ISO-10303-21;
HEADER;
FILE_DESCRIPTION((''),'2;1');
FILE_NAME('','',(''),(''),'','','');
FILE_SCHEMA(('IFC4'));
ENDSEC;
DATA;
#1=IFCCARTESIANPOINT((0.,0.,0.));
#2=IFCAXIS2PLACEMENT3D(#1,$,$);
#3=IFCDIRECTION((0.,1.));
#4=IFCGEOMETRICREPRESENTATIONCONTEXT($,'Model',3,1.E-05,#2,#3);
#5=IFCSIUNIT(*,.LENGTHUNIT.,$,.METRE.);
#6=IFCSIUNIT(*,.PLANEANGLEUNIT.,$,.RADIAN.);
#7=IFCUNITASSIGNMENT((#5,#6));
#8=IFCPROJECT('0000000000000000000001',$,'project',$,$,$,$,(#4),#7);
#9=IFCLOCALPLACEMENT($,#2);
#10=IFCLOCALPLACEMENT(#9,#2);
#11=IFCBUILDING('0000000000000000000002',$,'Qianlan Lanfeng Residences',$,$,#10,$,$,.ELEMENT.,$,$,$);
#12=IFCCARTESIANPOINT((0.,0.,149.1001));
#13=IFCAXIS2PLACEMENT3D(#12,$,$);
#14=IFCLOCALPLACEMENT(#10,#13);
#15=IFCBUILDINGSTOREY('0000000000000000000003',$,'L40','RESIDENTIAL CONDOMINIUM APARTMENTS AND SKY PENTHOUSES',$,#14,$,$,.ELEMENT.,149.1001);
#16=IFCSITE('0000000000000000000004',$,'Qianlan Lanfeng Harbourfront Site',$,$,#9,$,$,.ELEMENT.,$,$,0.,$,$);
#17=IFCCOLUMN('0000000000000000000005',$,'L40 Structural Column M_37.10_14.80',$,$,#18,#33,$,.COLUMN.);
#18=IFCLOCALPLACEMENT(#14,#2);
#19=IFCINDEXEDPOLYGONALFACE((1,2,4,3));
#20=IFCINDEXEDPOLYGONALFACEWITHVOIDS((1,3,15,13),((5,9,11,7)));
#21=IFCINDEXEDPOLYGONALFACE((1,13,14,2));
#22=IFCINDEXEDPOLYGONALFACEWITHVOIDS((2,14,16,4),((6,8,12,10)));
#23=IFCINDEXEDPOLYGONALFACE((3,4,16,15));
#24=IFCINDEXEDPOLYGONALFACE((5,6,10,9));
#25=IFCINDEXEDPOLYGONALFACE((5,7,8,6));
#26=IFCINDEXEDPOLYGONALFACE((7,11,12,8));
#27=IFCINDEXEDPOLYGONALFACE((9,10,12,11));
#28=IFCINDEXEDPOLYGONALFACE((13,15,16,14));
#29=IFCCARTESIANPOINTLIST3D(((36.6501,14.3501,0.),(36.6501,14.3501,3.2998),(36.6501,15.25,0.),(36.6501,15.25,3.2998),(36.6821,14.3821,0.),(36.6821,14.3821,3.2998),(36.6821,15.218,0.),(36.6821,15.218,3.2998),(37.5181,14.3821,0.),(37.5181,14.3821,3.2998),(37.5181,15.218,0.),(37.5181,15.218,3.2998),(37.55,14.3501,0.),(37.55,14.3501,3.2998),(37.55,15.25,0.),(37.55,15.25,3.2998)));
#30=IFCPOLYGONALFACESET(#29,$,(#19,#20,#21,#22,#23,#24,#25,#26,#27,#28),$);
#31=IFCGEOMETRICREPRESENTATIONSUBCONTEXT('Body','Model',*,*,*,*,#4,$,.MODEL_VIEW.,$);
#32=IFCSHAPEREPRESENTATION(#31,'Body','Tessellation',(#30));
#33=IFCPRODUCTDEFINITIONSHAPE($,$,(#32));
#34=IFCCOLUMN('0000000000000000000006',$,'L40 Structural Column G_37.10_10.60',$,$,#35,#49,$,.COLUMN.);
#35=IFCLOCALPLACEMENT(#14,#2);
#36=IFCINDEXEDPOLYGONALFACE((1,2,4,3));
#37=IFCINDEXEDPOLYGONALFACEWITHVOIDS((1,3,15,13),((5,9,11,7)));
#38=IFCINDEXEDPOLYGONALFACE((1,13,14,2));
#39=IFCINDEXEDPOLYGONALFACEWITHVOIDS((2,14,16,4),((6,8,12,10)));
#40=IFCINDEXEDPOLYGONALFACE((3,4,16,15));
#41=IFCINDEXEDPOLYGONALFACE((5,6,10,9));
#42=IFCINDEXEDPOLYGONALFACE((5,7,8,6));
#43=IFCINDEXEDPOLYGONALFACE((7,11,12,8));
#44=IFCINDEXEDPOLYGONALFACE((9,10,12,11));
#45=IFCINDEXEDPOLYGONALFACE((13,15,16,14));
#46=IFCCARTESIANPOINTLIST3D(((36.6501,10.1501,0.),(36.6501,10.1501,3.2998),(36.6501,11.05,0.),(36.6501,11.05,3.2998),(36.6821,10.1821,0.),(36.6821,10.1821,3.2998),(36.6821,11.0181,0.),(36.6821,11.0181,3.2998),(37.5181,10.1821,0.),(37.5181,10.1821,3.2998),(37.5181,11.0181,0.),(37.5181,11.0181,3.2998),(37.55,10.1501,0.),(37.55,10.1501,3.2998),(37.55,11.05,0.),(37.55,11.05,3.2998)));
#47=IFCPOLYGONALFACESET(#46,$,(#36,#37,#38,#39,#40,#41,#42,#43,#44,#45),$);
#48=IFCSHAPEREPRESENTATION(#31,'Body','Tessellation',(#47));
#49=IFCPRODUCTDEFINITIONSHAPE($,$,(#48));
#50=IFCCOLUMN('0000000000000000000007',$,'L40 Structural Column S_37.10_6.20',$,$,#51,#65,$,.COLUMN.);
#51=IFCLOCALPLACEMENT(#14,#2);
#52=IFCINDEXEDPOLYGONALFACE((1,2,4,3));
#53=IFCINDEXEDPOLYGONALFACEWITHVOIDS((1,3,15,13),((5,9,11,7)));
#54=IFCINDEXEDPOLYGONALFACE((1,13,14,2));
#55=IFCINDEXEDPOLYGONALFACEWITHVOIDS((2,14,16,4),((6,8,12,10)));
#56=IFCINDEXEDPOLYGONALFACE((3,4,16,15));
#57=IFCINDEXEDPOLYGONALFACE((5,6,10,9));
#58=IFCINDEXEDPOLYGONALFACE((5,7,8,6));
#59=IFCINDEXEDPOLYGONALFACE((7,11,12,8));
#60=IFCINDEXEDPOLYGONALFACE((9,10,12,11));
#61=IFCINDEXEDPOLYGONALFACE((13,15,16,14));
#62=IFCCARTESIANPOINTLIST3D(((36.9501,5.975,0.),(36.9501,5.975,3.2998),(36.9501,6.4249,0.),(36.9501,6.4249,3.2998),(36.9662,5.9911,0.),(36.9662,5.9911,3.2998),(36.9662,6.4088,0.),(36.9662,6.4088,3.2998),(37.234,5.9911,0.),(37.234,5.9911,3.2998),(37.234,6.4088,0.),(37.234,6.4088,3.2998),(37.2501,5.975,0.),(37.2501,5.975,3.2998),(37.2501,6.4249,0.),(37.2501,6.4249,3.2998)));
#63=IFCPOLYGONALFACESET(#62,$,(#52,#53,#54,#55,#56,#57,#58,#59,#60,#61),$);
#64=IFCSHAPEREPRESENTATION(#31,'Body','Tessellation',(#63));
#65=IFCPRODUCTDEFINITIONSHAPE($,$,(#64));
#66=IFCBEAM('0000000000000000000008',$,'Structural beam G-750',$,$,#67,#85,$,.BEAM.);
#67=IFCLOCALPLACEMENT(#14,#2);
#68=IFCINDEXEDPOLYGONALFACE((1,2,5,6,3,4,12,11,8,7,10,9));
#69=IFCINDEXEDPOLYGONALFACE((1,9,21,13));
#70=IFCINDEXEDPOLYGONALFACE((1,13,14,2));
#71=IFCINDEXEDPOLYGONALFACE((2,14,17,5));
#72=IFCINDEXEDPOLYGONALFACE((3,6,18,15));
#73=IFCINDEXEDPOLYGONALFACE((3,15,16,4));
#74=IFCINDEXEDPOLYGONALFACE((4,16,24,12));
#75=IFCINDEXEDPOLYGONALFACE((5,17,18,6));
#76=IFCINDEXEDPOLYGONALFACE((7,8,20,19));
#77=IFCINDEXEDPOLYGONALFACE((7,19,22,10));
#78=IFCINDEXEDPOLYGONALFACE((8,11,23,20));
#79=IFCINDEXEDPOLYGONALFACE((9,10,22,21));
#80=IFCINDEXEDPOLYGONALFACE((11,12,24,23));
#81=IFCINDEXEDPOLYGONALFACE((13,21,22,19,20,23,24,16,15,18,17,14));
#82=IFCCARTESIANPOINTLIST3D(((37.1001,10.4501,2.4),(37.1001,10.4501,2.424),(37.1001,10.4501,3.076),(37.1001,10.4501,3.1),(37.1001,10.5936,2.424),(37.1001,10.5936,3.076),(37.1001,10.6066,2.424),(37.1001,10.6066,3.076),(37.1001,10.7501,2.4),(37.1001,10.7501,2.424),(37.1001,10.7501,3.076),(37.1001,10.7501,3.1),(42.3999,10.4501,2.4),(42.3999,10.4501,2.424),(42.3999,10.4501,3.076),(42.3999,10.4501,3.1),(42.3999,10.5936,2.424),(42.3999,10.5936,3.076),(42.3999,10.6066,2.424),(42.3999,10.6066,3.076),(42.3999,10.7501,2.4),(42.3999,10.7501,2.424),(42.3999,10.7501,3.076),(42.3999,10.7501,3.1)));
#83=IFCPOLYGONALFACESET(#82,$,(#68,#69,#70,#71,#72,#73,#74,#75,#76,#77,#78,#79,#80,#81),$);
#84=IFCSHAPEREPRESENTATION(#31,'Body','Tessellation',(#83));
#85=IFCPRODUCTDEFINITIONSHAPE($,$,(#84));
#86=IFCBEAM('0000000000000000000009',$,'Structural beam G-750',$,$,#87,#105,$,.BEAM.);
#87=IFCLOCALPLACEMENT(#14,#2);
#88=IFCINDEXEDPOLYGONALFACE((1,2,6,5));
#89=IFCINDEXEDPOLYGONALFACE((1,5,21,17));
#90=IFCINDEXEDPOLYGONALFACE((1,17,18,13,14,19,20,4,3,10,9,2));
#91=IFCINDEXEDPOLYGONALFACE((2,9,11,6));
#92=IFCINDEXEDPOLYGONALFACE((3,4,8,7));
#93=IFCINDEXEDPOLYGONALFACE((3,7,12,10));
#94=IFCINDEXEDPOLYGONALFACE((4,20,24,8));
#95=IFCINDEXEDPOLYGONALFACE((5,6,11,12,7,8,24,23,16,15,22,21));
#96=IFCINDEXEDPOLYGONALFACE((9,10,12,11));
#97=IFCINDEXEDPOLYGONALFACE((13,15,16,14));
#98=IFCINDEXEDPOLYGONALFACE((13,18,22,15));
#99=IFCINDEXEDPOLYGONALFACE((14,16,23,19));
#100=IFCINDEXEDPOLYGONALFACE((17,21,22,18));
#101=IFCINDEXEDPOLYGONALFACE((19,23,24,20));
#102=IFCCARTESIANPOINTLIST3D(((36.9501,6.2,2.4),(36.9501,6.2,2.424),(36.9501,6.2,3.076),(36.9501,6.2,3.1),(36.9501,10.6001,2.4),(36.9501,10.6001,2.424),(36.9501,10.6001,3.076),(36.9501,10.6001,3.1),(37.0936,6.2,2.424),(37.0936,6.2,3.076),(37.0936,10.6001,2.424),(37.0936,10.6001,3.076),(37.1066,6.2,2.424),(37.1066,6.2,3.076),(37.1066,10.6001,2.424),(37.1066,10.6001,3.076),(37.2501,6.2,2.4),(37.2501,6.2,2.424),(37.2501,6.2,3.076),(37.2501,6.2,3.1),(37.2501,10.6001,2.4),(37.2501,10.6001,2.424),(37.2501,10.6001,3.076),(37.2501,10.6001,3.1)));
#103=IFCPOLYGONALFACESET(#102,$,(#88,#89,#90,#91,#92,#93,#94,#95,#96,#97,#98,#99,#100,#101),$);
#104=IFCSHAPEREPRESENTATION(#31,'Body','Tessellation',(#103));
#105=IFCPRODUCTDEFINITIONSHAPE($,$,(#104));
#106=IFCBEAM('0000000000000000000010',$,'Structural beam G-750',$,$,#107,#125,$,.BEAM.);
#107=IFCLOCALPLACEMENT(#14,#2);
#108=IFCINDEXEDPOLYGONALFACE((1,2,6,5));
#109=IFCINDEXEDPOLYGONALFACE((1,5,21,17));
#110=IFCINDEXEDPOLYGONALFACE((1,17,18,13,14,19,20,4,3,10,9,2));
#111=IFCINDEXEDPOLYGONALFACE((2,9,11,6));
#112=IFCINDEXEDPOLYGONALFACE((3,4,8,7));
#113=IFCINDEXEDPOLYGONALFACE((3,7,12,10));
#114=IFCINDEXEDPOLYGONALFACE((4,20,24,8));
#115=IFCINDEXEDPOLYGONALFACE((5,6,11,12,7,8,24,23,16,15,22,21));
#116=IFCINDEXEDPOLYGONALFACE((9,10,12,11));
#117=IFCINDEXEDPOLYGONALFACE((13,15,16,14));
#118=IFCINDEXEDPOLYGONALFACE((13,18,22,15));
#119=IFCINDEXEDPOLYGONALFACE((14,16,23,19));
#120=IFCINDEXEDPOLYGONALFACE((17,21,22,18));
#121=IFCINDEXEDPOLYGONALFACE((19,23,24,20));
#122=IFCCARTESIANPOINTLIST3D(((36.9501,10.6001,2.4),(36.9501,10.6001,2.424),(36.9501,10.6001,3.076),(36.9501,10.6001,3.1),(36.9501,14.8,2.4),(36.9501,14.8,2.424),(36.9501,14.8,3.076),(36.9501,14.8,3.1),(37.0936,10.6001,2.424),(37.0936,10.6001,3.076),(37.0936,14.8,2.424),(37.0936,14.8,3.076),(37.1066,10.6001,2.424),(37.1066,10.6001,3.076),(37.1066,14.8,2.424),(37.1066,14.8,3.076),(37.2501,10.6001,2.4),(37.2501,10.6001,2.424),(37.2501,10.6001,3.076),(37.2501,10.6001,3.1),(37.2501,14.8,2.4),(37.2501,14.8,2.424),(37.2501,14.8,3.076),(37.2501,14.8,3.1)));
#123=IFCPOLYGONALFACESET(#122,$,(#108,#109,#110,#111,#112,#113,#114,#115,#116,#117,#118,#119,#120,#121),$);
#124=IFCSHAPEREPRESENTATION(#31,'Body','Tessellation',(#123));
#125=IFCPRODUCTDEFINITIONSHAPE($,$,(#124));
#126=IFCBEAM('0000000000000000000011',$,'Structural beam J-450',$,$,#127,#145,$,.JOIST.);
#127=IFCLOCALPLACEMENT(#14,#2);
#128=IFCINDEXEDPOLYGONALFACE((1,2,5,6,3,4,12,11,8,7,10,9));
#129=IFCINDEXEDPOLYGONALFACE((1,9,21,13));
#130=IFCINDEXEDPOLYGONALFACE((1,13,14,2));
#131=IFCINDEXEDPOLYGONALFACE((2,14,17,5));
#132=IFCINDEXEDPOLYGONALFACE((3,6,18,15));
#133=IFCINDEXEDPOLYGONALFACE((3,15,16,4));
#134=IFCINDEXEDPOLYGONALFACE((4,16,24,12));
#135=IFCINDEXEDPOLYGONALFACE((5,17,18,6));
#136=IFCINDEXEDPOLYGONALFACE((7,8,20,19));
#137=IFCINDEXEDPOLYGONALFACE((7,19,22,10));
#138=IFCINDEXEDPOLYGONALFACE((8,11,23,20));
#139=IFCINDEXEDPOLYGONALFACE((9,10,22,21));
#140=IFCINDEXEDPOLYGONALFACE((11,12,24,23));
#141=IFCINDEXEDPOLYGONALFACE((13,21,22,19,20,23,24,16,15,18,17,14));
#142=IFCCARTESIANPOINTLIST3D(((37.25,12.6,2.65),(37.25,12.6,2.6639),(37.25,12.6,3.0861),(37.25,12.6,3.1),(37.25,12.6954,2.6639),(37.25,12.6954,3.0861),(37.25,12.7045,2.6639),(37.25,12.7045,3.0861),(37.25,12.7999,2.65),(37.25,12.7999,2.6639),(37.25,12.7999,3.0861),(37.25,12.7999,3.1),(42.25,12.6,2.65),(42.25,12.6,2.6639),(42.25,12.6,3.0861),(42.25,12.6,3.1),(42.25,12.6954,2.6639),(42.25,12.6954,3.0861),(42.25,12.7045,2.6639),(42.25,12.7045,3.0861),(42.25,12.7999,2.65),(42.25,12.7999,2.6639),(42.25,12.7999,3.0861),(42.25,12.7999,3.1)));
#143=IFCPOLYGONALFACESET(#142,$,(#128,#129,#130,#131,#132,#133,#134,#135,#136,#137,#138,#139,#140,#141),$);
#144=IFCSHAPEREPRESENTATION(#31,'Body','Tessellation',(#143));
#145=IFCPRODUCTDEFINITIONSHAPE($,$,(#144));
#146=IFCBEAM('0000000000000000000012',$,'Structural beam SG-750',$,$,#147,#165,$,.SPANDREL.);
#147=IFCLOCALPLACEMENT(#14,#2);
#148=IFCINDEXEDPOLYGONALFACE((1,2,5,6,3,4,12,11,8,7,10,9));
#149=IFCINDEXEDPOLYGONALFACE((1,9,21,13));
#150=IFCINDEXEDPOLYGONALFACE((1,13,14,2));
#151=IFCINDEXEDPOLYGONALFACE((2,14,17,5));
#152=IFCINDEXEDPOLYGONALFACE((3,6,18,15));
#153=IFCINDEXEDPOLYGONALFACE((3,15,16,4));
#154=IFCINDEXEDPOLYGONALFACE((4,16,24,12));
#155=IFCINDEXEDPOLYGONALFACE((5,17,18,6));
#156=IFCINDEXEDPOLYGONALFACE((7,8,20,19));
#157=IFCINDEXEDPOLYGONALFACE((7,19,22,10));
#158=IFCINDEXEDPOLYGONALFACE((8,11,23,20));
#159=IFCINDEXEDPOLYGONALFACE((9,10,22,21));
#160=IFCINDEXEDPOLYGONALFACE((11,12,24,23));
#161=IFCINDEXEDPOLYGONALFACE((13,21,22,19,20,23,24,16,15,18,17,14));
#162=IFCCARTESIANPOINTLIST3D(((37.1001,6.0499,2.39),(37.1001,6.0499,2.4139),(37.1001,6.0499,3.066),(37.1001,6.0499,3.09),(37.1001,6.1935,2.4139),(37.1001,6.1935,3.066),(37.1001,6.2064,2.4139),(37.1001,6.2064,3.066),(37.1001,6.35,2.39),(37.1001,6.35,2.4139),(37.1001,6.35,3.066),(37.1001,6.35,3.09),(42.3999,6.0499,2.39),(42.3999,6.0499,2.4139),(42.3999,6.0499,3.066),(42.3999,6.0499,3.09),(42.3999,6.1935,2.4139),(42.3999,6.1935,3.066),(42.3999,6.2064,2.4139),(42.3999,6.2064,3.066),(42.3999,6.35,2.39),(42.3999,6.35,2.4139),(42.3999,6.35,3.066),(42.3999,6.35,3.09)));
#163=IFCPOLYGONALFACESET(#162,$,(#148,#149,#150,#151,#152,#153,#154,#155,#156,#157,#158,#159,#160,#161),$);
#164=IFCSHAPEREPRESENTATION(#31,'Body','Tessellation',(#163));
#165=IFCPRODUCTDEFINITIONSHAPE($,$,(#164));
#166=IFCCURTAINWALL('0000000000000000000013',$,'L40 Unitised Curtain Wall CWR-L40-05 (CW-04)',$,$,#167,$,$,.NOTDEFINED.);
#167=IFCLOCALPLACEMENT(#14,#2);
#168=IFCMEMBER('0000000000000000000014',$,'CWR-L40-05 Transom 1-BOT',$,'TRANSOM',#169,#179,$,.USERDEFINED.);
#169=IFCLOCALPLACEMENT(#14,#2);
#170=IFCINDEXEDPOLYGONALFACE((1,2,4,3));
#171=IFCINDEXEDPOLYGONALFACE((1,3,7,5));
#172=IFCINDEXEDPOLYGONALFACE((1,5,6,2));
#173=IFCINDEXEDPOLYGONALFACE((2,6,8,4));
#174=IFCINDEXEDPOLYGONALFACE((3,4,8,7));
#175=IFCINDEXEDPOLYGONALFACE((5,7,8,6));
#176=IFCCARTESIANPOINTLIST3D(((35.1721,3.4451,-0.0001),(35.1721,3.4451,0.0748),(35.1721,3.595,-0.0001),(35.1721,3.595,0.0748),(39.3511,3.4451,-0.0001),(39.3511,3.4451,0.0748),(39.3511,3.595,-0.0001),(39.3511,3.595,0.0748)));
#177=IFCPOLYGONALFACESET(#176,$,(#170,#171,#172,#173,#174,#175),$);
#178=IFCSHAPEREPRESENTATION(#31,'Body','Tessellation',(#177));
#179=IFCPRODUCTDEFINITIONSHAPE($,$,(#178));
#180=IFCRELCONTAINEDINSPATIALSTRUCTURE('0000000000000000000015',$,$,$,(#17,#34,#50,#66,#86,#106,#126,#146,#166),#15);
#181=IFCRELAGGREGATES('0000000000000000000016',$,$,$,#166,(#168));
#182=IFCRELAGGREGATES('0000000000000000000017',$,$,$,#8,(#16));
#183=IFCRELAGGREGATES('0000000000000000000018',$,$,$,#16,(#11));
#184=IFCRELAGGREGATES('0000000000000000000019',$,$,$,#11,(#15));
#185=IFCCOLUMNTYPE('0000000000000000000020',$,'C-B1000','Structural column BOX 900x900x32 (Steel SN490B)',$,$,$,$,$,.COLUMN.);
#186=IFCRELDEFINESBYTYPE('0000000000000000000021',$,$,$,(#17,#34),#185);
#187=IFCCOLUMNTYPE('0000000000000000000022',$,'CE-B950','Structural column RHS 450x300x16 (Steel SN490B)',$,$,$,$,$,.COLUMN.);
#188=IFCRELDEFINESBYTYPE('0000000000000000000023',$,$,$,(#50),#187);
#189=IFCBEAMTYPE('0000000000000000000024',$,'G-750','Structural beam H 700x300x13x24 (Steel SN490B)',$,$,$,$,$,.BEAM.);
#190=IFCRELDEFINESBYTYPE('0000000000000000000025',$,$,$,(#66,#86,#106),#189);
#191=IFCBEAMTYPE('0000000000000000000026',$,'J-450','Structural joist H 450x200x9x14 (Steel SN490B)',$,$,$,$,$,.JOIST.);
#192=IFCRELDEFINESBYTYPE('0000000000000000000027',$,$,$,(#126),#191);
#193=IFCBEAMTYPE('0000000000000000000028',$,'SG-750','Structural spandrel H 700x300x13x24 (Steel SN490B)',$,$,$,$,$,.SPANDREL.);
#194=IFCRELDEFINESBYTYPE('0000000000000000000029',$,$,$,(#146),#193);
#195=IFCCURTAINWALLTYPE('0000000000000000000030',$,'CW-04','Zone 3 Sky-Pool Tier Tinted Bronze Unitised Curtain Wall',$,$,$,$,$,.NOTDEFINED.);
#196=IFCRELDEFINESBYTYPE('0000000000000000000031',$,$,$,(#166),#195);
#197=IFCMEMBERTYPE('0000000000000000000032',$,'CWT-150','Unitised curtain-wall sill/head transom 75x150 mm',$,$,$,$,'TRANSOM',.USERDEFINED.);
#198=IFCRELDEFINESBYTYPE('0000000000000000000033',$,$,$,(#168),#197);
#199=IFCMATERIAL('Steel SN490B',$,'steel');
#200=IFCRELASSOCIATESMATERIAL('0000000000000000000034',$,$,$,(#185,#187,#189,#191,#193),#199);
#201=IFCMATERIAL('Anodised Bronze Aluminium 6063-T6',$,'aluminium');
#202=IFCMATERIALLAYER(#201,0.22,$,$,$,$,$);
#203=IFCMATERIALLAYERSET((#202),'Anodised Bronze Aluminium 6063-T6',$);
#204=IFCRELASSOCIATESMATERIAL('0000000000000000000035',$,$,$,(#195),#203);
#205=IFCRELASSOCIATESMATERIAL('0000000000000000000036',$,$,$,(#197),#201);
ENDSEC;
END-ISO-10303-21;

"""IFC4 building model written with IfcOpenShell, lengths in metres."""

from ifc_helpers import new_model, si_unit, direction, frame, origin, origin_2d, place, context, subcontext, project, spatial, rectangle, hollow_rectangle, i_section, extrude, source, transform, mapped, material, layer, layer_set, material_profile, profile_set, type_object, element, aggregate, save


model = new_model("IFC4")

# Units and contexts
model_context = context("Model", 3, precision=1e-05, world=origin(), true_north=direction((0.0, 1.0)))
body_context = subcontext(model_context, "Body", "Model", "MODEL_VIEW")
ifc_project = project(units=[si_unit("LENGTHUNIT", "METRE"), si_unit("PLANEANGLEUNIT", "RADIAN")], contexts=[model_context])

# Site, building, storey
site_placement = place(None, origin())
site = spatial("IfcSite", under=ifc_project, at=site_placement, Name="Qianlan Lanfeng Harbourfront Site", CompositionType="ELEMENT", RefElevation=0.0)
building_placement = place(site_placement, origin())
building = spatial("IfcBuilding", under=site, at=building_placement, Name="Qianlan Lanfeng Residences", CompositionType="ELEMENT")
storey_placement = place(building_placement, frame((0.0, 0.0, 149.1001)))
storey = spatial("IfcBuildingStorey", under=building, at=storey_placement, Name="L40", Description="RESIDENTIAL CONDOMINIUM APARTMENTS AND SKY PENTHOUSES", CompositionType="ELEMENT", Elevation=149.1001)

# Columns
ifc_material_1 = material(Name="Steel SN490B", Category="steel")
ifc_material_profile_1 = material_profile(ifc_material_1, hollow_rectangle(XDim=0.8999, YDim=0.8999, WallThickness=0.032, at=origin_2d()), Name="BOX 900x900x32")
ifc_profile_set_1 = profile_set([ifc_material_profile_1], Name="Steel SN490B")
column_type_1 = type_object("IfcColumnType", Name="C-B1000", Description="Structural column BOX 900x900x32 (Steel SN490B)", PredefinedType="COLUMN", material=ifc_profile_set_1)
for number, where, z_axis, x_axis, name in (
    (1, (37.1001, 14.8, 0.0), (0.0, 0.0, 1.0), (1.0, 0.0, 0.0), "L40 Structural Column M_37.10_14.80"),
    (2, (37.1001, 10.6001, 0.0), (0.0, 0.0, 1.0), (1.0, 0.0, 0.0), "L40 Structural Column G_37.10_10.60"),
):
    element("IfcColumn", number, at=place(storey_placement, frame(where, z_axis=z_axis, x_axis=x_axis)), inside=storey, type_object=column_type_1, Name=name, PredefinedType="COLUMN", context=body_context, shape_type="SweptSolid", body=[
        extrude(hollow_rectangle(XDim=0.8999, YDim=0.8999, WallThickness=0.032, at=origin_2d()), origin(), (0.0, 0.0, 1.0), 3.2998),
    ])
ifc_material_profile_2 = material_profile(ifc_material_1, hollow_rectangle(XDim=0.3, YDim=0.45, WallThickness=0.0161, at=origin_2d()), Name="RHS 450x300x16")
ifc_profile_set_2 = profile_set([ifc_material_profile_2], Name="Steel SN490B")
column_type_2 = type_object("IfcColumnType", Name="CE-B950", Description="Structural column RHS 450x300x16 (Steel SN490B)", PredefinedType="COLUMN", material=ifc_profile_set_2)
column_placement = place(storey_placement, frame((37.1001, 6.2, 0.0), z_axis=(0.0, 0.0, 1.0), x_axis=(1.0, 0.0, 0.0)))
element("IfcColumn", 3, at=column_placement, inside=storey, type_object=column_type_2, Name="L40 Structural Column S_37.10_6.20", PredefinedType="COLUMN", context=body_context, shape_type="SweptSolid", body=[
    extrude(hollow_rectangle(XDim=0.3, YDim=0.45, WallThickness=0.0161, at=origin_2d()), origin(), (0.0, 0.0, 1.0), 3.2998),
])

# Beams
ifc_material_profile_3 = material_profile(ifc_material_1, i_section(OverallWidth=0.3, OverallDepth=0.7, WebThickness=0.0129, FlangeThickness=0.0239, at=origin_2d()), Name="H 700x300x13x24")
ifc_profile_set_3 = profile_set([ifc_material_profile_3], Name="Steel SN490B")
beam_type_1 = type_object("IfcBeamType", Name="G-750", Description="Structural beam H 700x300x13x24 (Steel SN490B)", PredefinedType="BEAM", material=ifc_profile_set_3)
beam_1_placement = place(storey_placement, frame((37.1001, 10.6001, 2.75), z_axis=(1.0, 0.0, 0.0), x_axis=(0.0, 1.0, 0.0)))
element("IfcBeam", 4, at=beam_1_placement, inside=storey, type_object=beam_type_1, Name="Structural beam G-750", PredefinedType="BEAM", context=body_context, shape_type="SweptSolid", body=[
    extrude(i_section(OverallWidth=0.3, OverallDepth=0.7, WebThickness=0.0129, FlangeThickness=0.0239, at=origin_2d()), origin(), (0.0, 0.0, 1.0), 5.2998),
])
beam_2_placement = place(storey_placement, frame((37.1001, 6.2, 2.75), z_axis=(0.0, 1.0, 0.0), x_axis=(-1.0, 0.0, 0.0)))
element("IfcBeam", 5, at=beam_2_placement, inside=storey, type_object=beam_type_1, Name="Structural beam G-750", PredefinedType="BEAM", context=body_context, shape_type="SweptSolid", body=[
    extrude(i_section(OverallWidth=0.3, OverallDepth=0.7, WebThickness=0.0129, FlangeThickness=0.0239, at=origin_2d()), origin(), (0.0, 0.0, 1.0), 4.4001),
])
beam_3_placement = place(storey_placement, frame((37.1001, 10.6001, 2.75), z_axis=(0.0, 1.0, 0.0), x_axis=(-1.0, 0.0, 0.0)))
element("IfcBeam", 6, at=beam_3_placement, inside=storey, type_object=beam_type_1, Name="Structural beam G-750", PredefinedType="BEAM", context=body_context, shape_type="SweptSolid", body=[
    extrude(i_section(OverallWidth=0.3, OverallDepth=0.7, WebThickness=0.0129, FlangeThickness=0.0239, at=origin_2d()), origin(), (0.0, 0.0, 1.0), 4.2),
])
ifc_material_profile_4 = material_profile(ifc_material_1, i_section(OverallWidth=0.2, OverallDepth=0.45, WebThickness=0.009, FlangeThickness=0.0139, at=origin_2d()), Name="H 450x200x9x14")
ifc_profile_set_4 = profile_set([ifc_material_profile_4], Name="Steel SN490B")
beam_type_2 = type_object("IfcBeamType", Name="J-450", Description="Structural joist H 450x200x9x14 (Steel SN490B)", PredefinedType="JOIST", material=ifc_profile_set_4)
beam_4_placement = place(storey_placement, frame((37.25, 12.7, 2.875), z_axis=(1.0, 0.0, 0.0), x_axis=(0.0, 1.0, 0.0)))
element("IfcBeam", 7, at=beam_4_placement, inside=storey, type_object=beam_type_2, Name="Structural beam J-450", PredefinedType="JOIST", context=body_context, shape_type="SweptSolid", body=[
    extrude(i_section(OverallWidth=0.2, OverallDepth=0.45, WebThickness=0.009, FlangeThickness=0.0139, at=origin_2d()), origin(), (0.0, 0.0, 1.0), 5.0),
])
ifc_material_profile_5 = material_profile(ifc_material_1, i_section(OverallWidth=0.3, OverallDepth=0.7, WebThickness=0.0129, FlangeThickness=0.0239, at=origin_2d()), Name="H 700x300x13x24")
ifc_profile_set_5 = profile_set([ifc_material_profile_5], Name="Steel SN490B")
beam_type_3 = type_object("IfcBeamType", Name="SG-750", Description="Structural spandrel H 700x300x13x24 (Steel SN490B)", PredefinedType="SPANDREL", material=ifc_profile_set_5)
beam_5_placement = place(storey_placement, frame((37.1001, 6.2, 2.74), z_axis=(1.0, 0.0, 0.0), x_axis=(0.0, 1.0, 0.0)))
element("IfcBeam", 8, at=beam_5_placement, inside=storey, type_object=beam_type_3, Name="Structural beam SG-750", PredefinedType="SPANDREL", context=body_context, shape_type="SweptSolid", body=[
    extrude(i_section(OverallWidth=0.3, OverallDepth=0.7, WebThickness=0.0129, FlangeThickness=0.0239, at=origin_2d()), origin(), (0.0, 0.0, 1.0), 5.2998),
])

# Curtain wall, member
ifc_material_2 = material(Name="Anodised Bronze Aluminium 6063-T6", Category="aluminium")
ifc_layer_1 = layer(ifc_material_2, 0.22)
ifc_layer_set_1 = layer_set([ifc_layer_1], Name="Anodised Bronze Aluminium 6063-T6")
curtain_wall_type = type_object("IfcCurtainWallType", Name="CW-04", Description="Zone 3 Sky-Pool Tier Tinted Bronze Unitised Curtain Wall", PredefinedType="NOTDEFINED", material=ifc_layer_set_1)
curtain_wall_1_placement = place(storey_placement, origin())
curtain_wall_1 = element("IfcCurtainWall", 9, at=curtain_wall_1_placement, inside=storey, type_object=curtain_wall_type, Name="L40 Unitised Curtain Wall CWR-L40-05 (CW-04)", PredefinedType="NOTDEFINED")
ifc_material_profile_6 = material_profile(ifc_material_2, rectangle(XDim=0.075, YDim=0.1499, at=origin_2d()), Name="ALU TRANSOM 75x150")
ifc_profile_set_6 = profile_set([ifc_material_profile_6], Name="Anodised Bronze Aluminium 6063-T6")
member_type_1 = type_object("IfcMemberType", Name="CWT-150", Description="Unitised curtain-wall sill/head transom 75x150 mm", ElementType="TRANSOM", PredefinedType="USERDEFINED", material=ifc_profile_set_6)
shared_shape_1 = source(origin(), body_context, "Body", "SweptSolid", [
    extrude(rectangle(XDim=0.075, YDim=0.1499, at=origin_2d()), origin(), (0.0, 0.0, 1.0), 4.179),
])
member_1_placement = place(storey_placement, frame((35.1721, 3.52, 0.0374), z_axis=(1.0, 0.0, 0.0), x_axis=(0.0, 0.0, 1.0)))
member_1 = element("IfcMember", 10, at=member_1_placement, type_object=member_type_1, Name="CWR-L40-05 Transom 1-BOT", ObjectType="TRANSOM", PredefinedType="USERDEFINED", context=body_context, shape_type="MappedRepresentation", body=[
    mapped(shared_shape_1, transform((0.0, 0.0, 0.0), scale=1.0)),
])

aggregate(curtain_wall_1, [member_1])

save(model, "model.ifc")
